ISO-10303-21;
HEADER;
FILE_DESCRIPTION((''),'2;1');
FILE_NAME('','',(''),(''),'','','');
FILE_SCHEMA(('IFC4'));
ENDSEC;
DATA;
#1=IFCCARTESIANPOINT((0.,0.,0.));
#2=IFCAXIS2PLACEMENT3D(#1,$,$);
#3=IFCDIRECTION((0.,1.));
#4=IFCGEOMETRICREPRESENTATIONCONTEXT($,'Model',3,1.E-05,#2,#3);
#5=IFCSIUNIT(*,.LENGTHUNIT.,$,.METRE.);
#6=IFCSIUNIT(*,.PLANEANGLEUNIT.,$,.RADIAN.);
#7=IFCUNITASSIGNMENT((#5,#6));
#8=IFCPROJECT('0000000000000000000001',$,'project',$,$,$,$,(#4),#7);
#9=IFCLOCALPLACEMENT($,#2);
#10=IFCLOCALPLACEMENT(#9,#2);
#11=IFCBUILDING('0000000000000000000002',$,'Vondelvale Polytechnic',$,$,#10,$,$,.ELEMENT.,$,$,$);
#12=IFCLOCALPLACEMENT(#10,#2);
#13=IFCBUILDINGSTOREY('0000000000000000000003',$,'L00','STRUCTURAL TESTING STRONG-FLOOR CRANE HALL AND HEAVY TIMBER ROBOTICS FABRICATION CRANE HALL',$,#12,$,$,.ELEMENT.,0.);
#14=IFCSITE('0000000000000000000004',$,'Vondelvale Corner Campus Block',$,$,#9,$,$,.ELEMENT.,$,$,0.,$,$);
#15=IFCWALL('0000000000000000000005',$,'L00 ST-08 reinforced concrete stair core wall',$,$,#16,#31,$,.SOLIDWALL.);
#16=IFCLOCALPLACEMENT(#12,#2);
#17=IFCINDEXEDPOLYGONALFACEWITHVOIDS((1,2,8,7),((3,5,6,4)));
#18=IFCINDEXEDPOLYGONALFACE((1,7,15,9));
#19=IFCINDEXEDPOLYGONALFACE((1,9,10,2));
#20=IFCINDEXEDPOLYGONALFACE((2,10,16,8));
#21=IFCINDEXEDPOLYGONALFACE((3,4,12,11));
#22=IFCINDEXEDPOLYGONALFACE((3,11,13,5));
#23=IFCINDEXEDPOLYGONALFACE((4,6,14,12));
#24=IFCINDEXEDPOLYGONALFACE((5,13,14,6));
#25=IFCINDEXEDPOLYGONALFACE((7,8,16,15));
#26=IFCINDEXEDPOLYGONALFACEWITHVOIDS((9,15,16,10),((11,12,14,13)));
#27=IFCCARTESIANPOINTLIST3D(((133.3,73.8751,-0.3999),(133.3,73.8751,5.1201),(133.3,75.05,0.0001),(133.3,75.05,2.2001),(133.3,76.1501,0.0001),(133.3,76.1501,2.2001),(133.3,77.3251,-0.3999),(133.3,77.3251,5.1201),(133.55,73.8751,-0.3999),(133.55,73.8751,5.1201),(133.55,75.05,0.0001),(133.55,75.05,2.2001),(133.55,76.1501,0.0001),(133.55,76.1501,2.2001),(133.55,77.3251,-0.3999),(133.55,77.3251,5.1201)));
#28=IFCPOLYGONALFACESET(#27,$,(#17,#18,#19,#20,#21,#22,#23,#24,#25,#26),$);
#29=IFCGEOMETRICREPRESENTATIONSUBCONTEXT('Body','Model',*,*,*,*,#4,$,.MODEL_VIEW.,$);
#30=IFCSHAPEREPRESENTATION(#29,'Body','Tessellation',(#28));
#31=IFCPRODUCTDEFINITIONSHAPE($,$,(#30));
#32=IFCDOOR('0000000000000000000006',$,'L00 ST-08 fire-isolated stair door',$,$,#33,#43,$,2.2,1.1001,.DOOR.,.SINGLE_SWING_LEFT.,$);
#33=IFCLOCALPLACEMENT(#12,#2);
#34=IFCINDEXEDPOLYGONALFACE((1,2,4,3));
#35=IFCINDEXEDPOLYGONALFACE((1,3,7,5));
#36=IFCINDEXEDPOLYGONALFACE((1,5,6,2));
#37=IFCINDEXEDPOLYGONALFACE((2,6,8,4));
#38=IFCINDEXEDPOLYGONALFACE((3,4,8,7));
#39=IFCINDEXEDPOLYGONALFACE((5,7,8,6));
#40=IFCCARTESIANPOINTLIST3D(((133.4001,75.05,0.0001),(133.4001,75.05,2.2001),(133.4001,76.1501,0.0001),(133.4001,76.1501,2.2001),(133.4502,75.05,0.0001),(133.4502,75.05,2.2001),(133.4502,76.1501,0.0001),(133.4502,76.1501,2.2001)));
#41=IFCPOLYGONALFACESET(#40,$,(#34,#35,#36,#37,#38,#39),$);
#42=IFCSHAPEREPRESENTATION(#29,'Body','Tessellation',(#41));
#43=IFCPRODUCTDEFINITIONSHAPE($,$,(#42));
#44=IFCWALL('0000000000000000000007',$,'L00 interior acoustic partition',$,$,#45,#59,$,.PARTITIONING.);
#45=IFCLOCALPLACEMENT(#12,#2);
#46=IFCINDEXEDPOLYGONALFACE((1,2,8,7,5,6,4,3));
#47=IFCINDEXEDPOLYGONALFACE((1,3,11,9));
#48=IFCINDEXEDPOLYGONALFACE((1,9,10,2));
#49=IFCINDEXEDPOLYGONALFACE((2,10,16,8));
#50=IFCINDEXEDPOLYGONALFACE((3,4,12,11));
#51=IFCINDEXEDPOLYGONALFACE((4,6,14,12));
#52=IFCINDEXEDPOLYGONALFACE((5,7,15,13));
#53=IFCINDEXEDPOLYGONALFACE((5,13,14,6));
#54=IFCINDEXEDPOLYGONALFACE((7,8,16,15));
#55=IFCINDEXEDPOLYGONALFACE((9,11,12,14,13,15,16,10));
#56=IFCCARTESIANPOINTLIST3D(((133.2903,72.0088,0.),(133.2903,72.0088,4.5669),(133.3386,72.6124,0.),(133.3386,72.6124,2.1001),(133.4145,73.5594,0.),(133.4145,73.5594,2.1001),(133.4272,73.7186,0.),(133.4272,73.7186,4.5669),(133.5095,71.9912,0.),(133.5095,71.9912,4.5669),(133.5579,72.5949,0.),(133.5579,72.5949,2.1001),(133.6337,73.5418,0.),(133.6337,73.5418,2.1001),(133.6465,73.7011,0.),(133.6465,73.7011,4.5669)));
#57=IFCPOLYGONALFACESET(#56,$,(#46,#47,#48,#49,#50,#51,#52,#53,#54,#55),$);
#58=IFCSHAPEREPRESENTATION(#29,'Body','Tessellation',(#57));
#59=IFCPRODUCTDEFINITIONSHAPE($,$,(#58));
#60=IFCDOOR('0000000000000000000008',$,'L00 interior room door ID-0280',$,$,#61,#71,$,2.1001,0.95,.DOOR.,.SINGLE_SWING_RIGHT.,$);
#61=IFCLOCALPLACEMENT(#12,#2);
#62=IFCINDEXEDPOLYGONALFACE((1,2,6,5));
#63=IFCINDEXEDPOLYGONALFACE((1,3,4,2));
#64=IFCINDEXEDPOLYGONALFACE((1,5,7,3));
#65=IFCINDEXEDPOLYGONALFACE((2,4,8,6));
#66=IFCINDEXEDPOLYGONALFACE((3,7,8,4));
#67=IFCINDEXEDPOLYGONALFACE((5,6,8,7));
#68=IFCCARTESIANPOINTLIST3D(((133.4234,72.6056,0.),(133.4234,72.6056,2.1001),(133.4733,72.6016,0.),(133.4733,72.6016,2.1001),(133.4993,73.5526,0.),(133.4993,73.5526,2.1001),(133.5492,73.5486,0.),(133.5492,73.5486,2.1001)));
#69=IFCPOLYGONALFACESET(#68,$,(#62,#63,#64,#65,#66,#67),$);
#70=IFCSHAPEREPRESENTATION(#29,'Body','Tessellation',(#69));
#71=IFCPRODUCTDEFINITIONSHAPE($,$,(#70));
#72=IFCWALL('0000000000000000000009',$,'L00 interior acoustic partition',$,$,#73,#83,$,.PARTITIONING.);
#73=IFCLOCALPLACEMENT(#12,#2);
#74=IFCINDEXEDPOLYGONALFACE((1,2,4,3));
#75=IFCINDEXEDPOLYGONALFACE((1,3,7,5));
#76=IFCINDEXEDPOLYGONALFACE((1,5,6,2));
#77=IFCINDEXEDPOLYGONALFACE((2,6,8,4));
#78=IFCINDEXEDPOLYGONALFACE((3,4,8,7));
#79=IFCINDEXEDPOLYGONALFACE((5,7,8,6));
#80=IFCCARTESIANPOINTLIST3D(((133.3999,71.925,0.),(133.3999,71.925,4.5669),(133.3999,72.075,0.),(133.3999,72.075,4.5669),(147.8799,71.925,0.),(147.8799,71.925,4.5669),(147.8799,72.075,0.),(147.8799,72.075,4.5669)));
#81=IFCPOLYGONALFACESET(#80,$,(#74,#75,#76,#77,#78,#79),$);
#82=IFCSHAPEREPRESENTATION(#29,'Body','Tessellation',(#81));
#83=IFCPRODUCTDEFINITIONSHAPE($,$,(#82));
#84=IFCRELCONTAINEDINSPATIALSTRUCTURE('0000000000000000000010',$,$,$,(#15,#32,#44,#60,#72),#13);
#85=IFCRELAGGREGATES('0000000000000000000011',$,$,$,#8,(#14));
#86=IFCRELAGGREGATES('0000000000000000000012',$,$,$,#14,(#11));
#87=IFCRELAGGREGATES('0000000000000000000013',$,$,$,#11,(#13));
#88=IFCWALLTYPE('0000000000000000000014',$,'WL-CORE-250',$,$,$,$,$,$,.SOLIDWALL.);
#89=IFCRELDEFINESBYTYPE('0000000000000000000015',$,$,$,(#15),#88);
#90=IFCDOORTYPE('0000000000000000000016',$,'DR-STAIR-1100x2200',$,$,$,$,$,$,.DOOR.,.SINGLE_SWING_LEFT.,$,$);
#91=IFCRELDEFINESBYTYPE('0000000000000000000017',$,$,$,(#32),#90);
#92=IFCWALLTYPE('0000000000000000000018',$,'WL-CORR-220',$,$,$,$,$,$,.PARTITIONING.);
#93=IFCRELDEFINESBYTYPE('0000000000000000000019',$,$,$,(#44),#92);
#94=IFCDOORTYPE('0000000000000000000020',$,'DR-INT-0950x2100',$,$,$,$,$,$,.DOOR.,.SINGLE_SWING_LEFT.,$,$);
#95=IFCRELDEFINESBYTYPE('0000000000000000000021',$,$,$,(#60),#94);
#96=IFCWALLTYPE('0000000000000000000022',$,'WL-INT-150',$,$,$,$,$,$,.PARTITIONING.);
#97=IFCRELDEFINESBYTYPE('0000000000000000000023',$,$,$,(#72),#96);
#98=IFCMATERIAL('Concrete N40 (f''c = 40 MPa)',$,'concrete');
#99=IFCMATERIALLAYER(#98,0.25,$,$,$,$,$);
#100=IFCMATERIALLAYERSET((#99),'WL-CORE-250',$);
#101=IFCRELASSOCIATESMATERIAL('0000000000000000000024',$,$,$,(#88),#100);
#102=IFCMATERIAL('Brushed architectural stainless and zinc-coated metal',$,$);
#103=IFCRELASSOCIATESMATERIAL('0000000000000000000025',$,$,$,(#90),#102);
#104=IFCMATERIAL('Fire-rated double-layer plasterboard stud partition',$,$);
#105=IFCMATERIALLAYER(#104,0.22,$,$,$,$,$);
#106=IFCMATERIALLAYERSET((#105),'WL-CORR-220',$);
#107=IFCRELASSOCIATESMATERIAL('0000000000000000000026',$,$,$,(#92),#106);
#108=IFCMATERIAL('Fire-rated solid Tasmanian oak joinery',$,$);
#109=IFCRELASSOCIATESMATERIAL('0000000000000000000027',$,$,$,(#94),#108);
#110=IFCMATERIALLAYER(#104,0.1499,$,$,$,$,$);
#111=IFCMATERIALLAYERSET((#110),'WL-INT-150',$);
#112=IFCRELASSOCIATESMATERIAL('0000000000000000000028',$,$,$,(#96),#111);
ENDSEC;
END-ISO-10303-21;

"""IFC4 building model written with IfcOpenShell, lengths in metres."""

from ifc_helpers import new_model, si_unit, direction, frame, frame_2d, origin, place, context, subcontext, project, spatial, rectangle, extrude, material, layer, layer_set, type_object, element, fill, save


model = new_model("IFC4")

# Units and contexts
model_context = context("Model", 3, precision=1e-05, world=origin(), true_north=direction((0.0, 1.0)))
body_context = subcontext(model_context, "Body", "Model", "MODEL_VIEW")
ifc_project = project(units=[si_unit("LENGTHUNIT", "METRE"), si_unit("PLANEANGLEUNIT", "RADIAN")], contexts=[model_context])

# Site, building, storey
site_placement = place(None, origin())
site = spatial("IfcSite", under=ifc_project, at=site_placement, Name="Vondelvale Corner Campus Block", CompositionType="ELEMENT", RefElevation=0.0)
building_placement = place(site_placement, origin())
building = spatial("IfcBuilding", under=site, at=building_placement, Name="Vondelvale Polytechnic", CompositionType="ELEMENT")
storey_placement = place(building_placement, origin())
storey = spatial("IfcBuildingStorey", under=building, at=storey_placement, Name="L00", Description="STRUCTURAL TESTING STRONG-FLOOR CRANE HALL AND HEAVY TIMBER ROBOTICS FABRICATION CRANE HALL", CompositionType="ELEMENT", Elevation=0.0)

# Shared definitions
ifc_material_1 = material(Name="Concrete N40 (f'c = 40 MPa)", Category="concrete")

# Shared definitions
ifc_layer_1 = layer(ifc_material_1, 0.25)
ifc_layer_set_1 = layer_set([ifc_layer_1], Name="WL-CORE-250")
wall_type_1 = type_object("IfcWallType", Name="WL-CORE-250", PredefinedType="SOLIDWALL", material=ifc_layer_set_1)

# Walls, openings, doors
wall_1_placement = place(storey_placement, frame((133.425, 73.875, -0.3999), z_axis=(0.0, 0.0, 1.0), x_axis=(0.0, 1.0, 0.0)))
wall_1 = element("IfcWall", 1, at=wall_1_placement, inside=storey, type_object=wall_type_1, Name="L00 ST-08 reinforced concrete stair core wall", PredefinedType="SOLIDWALL", context=body_context, shape_type="SweptSolid", body=[
    extrude(rectangle(XDim=3.45, YDim=0.25, at=frame_2d((1.7251, 0.0))), origin(), (0.0, 0.0, 1.0), 5.52),
])
opening_1_placement = place(wall_1_placement, frame((1.175, 0.0, 0.3999)))
opening_1 = element("IfcOpeningElement", 2, at=opening_1_placement, cuts=wall_1, PredefinedType="OPENING", context=body_context, shape_type="SweptSolid", body=[
    extrude(rectangle(XDim=1.1001, YDim=2.2, at=frame_2d((0.55, 1.1001))), frame((0.0, 0.135, 0.0), z_axis=(0.0, -1.0, 0.0), x_axis=(1.0, 0.0, 0.0)), (0.0, 0.0, 1.0), 0.27),
])
ifc_material_2 = material(Name="Brushed architectural stainless and zinc-coated metal")
door_type_1 = type_object("IfcDoorType", Name="DR-STAIR-1100x2200", OperationType="SINGLE_SWING_LEFT", PredefinedType="DOOR", material=ifc_material_2)
door_1_placement = place(opening_1_placement, origin())
door_1 = element("IfcDoor", 3, at=door_1_placement, inside=storey, type_object=door_type_1, Name="L00 ST-08 fire-isolated stair door", OperationType="SINGLE_SWING_LEFT", OverallHeight=2.2, OverallWidth=1.1001, PredefinedType="DOOR", context=body_context, shape_type="SweptSolid", body=[
    extrude(rectangle(XDim=1.1001, YDim=2.2, at=frame_2d((0.55, 1.1001))), frame((0.0, 0.0249, 0.0), z_axis=(0.0, -1.0, 0.0), x_axis=(1.0, 0.0, 0.0)), (0.0, 0.0, 1.0), 0.05),
])
fill(opening_1, door_1)
ifc_material_3 = material(Name="Fire-rated double-layer plasterboard stud partition")
ifc_layer_2 = layer(ifc_material_3, 0.22)
ifc_layer_set_2 = layer_set([ifc_layer_2], Name="WL-CORR-220")
wall_type_2 = type_object("IfcWallType", Name="WL-CORR-220", PredefinedType="PARTITIONING", material=ifc_layer_set_2)
wall_2_placement = place(storey_placement, frame((133.3999, 72.0, 0.0), z_axis=(0.0, 0.0, 1.0), x_axis=(0.079841, 0.996808, 0.0)))
wall_2 = element("IfcWall", 4, at=wall_2_placement, inside=storey, type_object=wall_type_2, Name="L00 interior acoustic partition", PredefinedType="PARTITIONING", context=body_context, shape_type="SweptSolid", body=[
    extrude(rectangle(XDim=1.7153, YDim=0.22, at=frame_2d((0.8577, 0.0))), origin(), (0.0, 0.0, 1.0), 4.5669),
])
opening_2_placement = place(wall_2_placement, frame((0.6055, 0.0, 0.0)))
opening_2 = element("IfcOpeningElement", 5, at=opening_2_placement, cuts=wall_2, PredefinedType="OPENING", context=body_context, shape_type="SweptSolid", body=[
    extrude(rectangle(XDim=0.95, YDim=2.1001, at=frame_2d((0.4751, 1.05))), frame((0.0, 0.1199, 0.0), z_axis=(0.0, -1.0, 0.0), x_axis=(1.0, 0.0, 0.0)), (0.0, 0.0, 1.0), 0.24),
])
ifc_material_4 = material(Name="Fire-rated solid Tasmanian oak joinery")
door_type_2 = type_object("IfcDoorType", Name="DR-INT-0950x2100", OperationType="SINGLE_SWING_LEFT", PredefinedType="DOOR", material=ifc_material_4)
door_2_placement = place(opening_2_placement, origin())
door_2 = element("IfcDoor", 6, at=door_2_placement, inside=storey, type_object=door_type_2, Name="L00 interior room door ID-0280", OperationType="SINGLE_SWING_RIGHT", OverallHeight=2.1001, OverallWidth=0.95, PredefinedType="DOOR", context=body_context, shape_type="SweptSolid", body=[
    extrude(rectangle(XDim=0.95, YDim=2.1001, at=frame_2d((0.4751, 1.05))), frame((0.0, 0.0249, 0.0), z_axis=(0.0, -1.0, 0.0), x_axis=(1.0, 0.0, 0.0)), (0.0, 0.0, 1.0), 0.05),
])
fill(opening_2, door_2)

# Wall
ifc_layer_3 = layer(ifc_material_3, 0.1499)
ifc_layer_set_3 = layer_set([ifc_layer_3], Name="WL-INT-150")
wall_type_3 = type_object("IfcWallType", Name="WL-INT-150", PredefinedType="PARTITIONING", material=ifc_layer_set_3)
wall_3_placement = place(storey_placement, frame((133.3999, 72.0, 0.0), z_axis=(0.0, 0.0, 1.0), x_axis=(1.0, 0.0, 0.0)))
element("IfcWall", 7, at=wall_3_placement, inside=storey, type_object=wall_type_3, Name="L00 interior acoustic partition", PredefinedType="PARTITIONING", context=body_context, shape_type="SweptSolid", body=[
    extrude(rectangle(XDim=14.48, YDim=0.1499, at=frame_2d((7.24, 0.0))), origin(), (0.0, 0.0, 1.0), 4.5669),
])

save(model, "model.ifc")
